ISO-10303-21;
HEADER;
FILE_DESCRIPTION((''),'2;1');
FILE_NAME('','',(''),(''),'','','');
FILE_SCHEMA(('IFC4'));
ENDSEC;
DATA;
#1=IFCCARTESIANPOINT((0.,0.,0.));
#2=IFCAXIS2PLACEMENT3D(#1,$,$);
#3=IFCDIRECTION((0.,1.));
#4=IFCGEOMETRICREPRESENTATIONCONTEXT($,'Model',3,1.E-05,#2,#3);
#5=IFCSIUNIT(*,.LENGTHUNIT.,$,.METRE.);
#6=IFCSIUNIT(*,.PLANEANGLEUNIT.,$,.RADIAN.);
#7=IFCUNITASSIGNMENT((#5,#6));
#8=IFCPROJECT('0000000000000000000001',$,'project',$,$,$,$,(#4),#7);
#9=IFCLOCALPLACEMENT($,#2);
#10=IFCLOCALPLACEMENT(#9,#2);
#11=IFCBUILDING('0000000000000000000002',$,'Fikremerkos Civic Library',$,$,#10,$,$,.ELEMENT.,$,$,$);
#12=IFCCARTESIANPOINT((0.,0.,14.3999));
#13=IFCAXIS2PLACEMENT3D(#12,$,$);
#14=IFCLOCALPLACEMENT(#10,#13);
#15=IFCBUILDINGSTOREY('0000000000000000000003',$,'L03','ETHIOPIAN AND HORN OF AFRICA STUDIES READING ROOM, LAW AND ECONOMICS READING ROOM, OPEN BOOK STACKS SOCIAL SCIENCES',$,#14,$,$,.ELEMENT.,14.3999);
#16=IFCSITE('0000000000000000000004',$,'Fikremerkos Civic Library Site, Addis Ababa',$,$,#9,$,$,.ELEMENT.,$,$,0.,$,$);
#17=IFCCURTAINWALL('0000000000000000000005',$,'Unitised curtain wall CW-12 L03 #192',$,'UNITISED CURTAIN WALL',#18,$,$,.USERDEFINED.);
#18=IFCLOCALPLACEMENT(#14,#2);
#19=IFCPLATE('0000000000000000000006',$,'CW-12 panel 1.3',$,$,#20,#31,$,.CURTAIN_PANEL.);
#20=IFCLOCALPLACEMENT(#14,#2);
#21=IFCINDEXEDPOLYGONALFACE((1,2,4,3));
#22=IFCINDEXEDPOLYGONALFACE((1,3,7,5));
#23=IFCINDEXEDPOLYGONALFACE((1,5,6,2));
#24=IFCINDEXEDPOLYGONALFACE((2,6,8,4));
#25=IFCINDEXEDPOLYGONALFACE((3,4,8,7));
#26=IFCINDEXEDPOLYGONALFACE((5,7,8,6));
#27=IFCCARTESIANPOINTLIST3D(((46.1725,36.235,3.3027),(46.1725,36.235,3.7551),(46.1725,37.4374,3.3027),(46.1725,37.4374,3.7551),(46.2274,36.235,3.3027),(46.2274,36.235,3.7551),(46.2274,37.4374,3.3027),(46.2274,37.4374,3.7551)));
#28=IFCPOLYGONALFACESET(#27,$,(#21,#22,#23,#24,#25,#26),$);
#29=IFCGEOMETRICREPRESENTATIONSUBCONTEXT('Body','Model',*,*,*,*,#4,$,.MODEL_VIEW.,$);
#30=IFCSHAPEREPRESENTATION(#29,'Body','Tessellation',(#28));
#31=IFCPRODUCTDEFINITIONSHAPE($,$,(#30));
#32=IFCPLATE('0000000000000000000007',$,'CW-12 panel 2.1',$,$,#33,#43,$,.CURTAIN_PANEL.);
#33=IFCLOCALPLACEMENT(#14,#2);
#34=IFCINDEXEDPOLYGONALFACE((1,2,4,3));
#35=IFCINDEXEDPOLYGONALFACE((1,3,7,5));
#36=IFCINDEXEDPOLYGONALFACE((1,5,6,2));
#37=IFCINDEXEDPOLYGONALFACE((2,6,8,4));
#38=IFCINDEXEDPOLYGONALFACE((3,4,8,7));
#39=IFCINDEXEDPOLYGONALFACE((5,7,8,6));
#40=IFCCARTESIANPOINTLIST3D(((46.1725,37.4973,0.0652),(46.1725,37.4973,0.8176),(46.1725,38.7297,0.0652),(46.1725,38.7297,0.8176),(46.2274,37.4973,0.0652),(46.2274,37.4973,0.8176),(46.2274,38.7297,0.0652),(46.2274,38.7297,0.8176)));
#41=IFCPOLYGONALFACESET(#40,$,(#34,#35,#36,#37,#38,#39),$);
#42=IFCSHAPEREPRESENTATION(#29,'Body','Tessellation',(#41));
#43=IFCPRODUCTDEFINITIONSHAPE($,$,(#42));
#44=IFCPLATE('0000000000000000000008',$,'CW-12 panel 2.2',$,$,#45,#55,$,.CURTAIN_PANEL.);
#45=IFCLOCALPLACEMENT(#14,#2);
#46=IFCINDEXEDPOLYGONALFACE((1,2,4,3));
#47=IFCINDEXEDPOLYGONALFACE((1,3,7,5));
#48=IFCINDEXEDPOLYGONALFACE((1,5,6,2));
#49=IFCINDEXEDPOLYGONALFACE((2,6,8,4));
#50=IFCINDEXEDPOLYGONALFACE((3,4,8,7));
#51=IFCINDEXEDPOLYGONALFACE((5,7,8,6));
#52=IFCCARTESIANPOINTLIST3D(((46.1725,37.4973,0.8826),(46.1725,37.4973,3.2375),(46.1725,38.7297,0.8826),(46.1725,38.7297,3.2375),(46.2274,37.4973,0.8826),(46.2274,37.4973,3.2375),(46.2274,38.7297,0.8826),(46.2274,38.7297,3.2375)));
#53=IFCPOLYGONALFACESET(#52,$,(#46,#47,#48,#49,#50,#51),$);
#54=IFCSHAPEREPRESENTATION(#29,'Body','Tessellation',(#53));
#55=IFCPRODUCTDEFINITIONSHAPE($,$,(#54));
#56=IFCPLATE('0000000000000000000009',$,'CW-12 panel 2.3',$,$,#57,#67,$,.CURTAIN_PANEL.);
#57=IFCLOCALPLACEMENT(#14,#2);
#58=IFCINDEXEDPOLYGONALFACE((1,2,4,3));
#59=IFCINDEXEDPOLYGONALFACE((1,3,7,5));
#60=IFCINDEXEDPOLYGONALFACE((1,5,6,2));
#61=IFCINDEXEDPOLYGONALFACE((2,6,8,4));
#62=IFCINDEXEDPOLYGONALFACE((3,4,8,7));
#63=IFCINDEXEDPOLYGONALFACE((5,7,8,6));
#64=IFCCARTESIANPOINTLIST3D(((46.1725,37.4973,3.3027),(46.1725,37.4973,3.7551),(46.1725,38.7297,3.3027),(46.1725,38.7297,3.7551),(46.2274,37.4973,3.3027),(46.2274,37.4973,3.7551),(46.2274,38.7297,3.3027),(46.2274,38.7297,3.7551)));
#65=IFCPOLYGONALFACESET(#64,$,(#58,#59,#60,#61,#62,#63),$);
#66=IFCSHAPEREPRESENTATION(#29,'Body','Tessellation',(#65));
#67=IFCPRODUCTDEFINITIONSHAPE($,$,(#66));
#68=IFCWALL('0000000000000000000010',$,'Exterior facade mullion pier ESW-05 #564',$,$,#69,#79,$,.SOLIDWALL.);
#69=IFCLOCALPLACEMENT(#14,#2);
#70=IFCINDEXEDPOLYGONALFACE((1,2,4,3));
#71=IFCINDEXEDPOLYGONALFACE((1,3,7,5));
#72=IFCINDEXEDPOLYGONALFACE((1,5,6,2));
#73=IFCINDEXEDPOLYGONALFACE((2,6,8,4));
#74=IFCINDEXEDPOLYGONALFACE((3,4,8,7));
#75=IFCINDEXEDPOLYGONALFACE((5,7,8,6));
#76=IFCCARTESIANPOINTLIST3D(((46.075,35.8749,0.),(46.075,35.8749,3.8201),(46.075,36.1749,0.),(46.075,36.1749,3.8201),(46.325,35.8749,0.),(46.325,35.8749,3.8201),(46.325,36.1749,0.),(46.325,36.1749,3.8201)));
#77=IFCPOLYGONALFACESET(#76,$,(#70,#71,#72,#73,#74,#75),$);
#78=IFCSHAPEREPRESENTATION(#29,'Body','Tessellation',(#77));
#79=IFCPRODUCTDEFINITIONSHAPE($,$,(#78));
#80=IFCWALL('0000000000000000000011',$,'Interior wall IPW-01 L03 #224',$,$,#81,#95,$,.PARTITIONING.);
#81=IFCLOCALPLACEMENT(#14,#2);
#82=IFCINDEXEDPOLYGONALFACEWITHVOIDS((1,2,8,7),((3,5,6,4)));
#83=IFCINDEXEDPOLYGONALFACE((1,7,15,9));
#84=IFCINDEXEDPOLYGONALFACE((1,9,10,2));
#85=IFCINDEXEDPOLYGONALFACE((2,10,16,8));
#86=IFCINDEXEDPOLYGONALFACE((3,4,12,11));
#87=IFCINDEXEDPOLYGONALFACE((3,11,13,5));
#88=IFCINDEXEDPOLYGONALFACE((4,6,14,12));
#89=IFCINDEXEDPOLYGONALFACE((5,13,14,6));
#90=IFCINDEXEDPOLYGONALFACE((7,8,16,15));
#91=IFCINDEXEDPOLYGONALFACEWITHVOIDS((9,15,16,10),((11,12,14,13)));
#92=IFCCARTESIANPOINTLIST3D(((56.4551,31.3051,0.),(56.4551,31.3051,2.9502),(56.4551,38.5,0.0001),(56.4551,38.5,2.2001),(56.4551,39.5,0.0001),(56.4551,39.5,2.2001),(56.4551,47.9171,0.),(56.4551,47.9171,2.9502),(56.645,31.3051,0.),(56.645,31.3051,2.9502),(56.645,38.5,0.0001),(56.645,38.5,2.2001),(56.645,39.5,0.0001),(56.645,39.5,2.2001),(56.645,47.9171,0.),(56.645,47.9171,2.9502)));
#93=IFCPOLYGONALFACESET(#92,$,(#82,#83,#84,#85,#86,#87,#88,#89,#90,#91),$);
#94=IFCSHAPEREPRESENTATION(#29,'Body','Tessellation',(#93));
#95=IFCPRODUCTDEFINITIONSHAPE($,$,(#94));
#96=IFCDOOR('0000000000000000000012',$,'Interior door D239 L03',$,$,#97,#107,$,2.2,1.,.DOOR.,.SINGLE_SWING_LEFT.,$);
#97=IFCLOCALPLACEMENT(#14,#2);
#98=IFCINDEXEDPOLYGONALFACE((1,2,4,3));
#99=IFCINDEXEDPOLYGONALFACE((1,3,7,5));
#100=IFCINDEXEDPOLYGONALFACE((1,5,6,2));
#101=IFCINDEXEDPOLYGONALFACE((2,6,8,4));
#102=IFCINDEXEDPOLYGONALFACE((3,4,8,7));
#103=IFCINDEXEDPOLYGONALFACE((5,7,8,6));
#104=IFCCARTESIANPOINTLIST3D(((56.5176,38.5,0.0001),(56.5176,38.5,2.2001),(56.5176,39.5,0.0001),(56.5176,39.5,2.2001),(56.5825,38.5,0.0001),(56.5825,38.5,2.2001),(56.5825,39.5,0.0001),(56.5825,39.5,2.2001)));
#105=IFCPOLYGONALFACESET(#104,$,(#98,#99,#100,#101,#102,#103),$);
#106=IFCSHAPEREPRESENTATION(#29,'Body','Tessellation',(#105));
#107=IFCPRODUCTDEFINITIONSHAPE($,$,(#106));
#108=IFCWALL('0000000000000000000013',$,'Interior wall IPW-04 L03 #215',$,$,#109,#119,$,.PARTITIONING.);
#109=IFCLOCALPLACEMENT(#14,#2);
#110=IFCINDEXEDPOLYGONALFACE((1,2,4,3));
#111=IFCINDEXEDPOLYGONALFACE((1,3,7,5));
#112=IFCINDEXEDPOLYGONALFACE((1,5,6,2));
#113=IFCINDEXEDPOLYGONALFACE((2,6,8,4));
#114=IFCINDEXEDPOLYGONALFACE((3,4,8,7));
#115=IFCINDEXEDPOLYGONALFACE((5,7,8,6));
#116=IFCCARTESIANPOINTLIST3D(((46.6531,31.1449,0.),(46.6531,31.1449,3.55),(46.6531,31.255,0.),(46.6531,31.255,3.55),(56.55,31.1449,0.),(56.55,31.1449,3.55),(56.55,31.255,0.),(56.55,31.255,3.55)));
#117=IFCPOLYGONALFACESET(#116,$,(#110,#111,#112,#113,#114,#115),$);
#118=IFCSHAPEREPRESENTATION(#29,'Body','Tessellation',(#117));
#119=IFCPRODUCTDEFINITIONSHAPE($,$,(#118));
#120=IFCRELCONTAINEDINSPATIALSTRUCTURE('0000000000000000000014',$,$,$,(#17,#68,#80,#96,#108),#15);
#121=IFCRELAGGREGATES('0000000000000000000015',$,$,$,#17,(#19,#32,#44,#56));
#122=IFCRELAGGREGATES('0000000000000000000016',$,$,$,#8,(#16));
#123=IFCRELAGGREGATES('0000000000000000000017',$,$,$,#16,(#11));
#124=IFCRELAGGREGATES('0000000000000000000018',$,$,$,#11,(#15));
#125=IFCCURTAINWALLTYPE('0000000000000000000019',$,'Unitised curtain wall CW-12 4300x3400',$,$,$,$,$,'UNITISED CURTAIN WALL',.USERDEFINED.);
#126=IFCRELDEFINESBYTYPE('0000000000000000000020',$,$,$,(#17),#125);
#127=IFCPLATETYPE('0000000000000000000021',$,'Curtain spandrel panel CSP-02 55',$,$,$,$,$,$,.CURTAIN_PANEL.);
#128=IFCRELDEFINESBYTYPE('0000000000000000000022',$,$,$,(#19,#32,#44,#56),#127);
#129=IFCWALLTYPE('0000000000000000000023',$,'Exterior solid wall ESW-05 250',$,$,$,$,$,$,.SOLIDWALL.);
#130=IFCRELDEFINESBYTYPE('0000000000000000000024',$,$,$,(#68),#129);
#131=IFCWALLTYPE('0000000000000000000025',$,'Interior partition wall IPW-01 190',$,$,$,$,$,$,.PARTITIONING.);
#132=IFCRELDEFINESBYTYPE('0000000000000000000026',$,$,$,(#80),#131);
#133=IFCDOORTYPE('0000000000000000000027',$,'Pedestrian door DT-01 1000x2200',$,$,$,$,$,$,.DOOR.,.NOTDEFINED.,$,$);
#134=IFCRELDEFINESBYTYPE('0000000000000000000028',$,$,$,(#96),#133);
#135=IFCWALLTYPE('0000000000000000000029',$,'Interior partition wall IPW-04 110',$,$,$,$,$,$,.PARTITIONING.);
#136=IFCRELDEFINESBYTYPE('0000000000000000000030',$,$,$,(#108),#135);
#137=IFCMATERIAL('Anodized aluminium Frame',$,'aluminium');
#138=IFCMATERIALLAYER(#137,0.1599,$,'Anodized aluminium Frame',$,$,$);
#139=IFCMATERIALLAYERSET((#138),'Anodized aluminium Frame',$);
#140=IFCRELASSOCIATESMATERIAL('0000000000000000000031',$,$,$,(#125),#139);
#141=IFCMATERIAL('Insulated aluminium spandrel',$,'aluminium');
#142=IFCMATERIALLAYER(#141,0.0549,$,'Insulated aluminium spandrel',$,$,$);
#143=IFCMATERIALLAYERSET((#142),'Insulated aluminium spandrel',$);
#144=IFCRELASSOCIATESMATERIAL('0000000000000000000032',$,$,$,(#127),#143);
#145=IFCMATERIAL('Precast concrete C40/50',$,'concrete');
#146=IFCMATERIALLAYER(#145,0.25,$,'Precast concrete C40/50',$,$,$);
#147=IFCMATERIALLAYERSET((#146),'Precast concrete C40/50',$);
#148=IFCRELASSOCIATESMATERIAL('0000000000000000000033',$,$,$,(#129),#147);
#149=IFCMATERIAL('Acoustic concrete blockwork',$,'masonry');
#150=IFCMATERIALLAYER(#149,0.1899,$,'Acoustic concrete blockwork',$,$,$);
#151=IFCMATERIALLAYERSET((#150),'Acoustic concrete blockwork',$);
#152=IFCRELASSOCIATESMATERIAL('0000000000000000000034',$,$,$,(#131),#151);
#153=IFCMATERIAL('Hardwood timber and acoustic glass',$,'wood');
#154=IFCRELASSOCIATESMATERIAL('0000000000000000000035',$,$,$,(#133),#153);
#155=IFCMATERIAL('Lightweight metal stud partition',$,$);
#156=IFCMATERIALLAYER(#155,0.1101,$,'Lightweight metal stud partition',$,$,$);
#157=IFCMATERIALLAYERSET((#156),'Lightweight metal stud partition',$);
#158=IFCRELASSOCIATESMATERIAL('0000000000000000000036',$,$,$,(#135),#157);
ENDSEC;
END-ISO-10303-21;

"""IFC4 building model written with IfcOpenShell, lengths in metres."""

from ifc_helpers import new_model, si_unit, direction, frame, frame_2d, origin, origin_2d, place, context, subcontext, project, spatial, rectangle, extrude, material, layer, layer_set, type_object, element, fill, aggregate, save


model = new_model("IFC4")

# Units and contexts
model_context = context("Model", 3, precision=1e-05, world=origin(), true_north=direction((0.0, 1.0)))
body_context = subcontext(model_context, "Body", "Model", "MODEL_VIEW")
ifc_project = project(units=[si_unit("LENGTHUNIT", "METRE"), si_unit("PLANEANGLEUNIT", "RADIAN")], contexts=[model_context])

# Site, building, storey
site_placement = place(None, origin())
site = spatial("IfcSite", under=ifc_project, at=site_placement, Name="Fikremerkos Civic Library Site, Addis Ababa", CompositionType="ELEMENT", RefElevation=0.0)
building_placement = place(site_placement, origin())
building = spatial("IfcBuilding", under=site, at=building_placement, Name="Fikremerkos Civic Library", CompositionType="ELEMENT")
storey_placement = place(building_placement, frame((0.0, 0.0, 14.3999)))
storey = spatial("IfcBuildingStorey", under=building, at=storey_placement, Name="L03", Description="ETHIOPIAN AND HORN OF AFRICA STUDIES READING ROOM, LAW AND ECONOMICS READING ROOM, OPEN BOOK STACKS SOCIAL SCIENCES", CompositionType="ELEMENT", Elevation=14.3999)

# Curtain wall
ifc_material_1 = material(Name="Anodized aluminium Frame", Category="aluminium")
ifc_layer_1 = layer(ifc_material_1, 0.1599, Name="Anodized aluminium Frame")
ifc_layer_set_1 = layer_set([ifc_layer_1], Name="Anodized aluminium Frame")
curtain_wall_type_1 = type_object("IfcCurtainWallType", Name="Unitised curtain wall CW-12 4300x3400", ElementType="UNITISED CURTAIN WALL", PredefinedType="USERDEFINED", material=ifc_layer_set_1)
curtain_wall_1_placement = place(storey_placement, origin())
curtain_wall_1 = element("IfcCurtainWall", 1, at=curtain_wall_1_placement, inside=storey, type_object=curtain_wall_type_1, Name="Unitised curtain wall CW-12 L03 #192", ObjectType="UNITISED CURTAIN WALL", PredefinedType="USERDEFINED")

# Plates
ifc_material_2 = material(Name="Insulated aluminium spandrel", Category="aluminium")
ifc_layer_2 = layer(ifc_material_2, 0.0549, Name="Insulated aluminium spandrel")
ifc_layer_set_2 = layer_set([ifc_layer_2], Name="Insulated aluminium spandrel")
plate_type_1 = type_object("IfcPlateType", Name="Curtain spandrel panel CSP-02 55", PredefinedType="CURTAIN_PANEL", material=ifc_layer_set_2)
plate_1_placement = place(storey_placement, frame((46.2, 36.8362, 3.3027), z_axis=(0.0, 0.0, 1.0), x_axis=(0.0, 1.0, 0.0)))
plate_1 = element("IfcPlate", 2, at=plate_1_placement, type_object=plate_type_1, Name="CW-12 panel 1.3", PredefinedType="CURTAIN_PANEL", context=body_context, shape_type="SweptSolid", body=[
    extrude(rectangle(XDim=1.2024, YDim=0.0549, at=origin_2d()), origin(), (0.0, 0.0, 1.0), 0.4524),
])
plate_2_placement = place(storey_placement, frame((46.2, 38.1135, 0.0652), z_axis=(0.0, 0.0, 1.0), x_axis=(0.0, 1.0, 0.0)))
plate_2 = element("IfcPlate", 3, at=plate_2_placement, type_object=plate_type_1, Name="CW-12 panel 2.1", PredefinedType="CURTAIN_PANEL", context=body_context, shape_type="SweptSolid", body=[
    extrude(rectangle(XDim=1.2324, YDim=0.0549, at=origin_2d()), origin(), (0.0, 0.0, 1.0), 0.7524),
])
plate_3_placement = place(storey_placement, frame((46.2, 38.1135, 0.8826), z_axis=(0.0, 0.0, 1.0), x_axis=(0.0, 1.0, 0.0)))
plate_3 = element("IfcPlate", 4, at=plate_3_placement, type_object=plate_type_1, Name="CW-12 panel 2.2", PredefinedType="CURTAIN_PANEL", context=body_context, shape_type="SweptSolid", body=[
    extrude(rectangle(XDim=1.2324, YDim=0.0549, at=origin_2d()), origin(), (0.0, 0.0, 1.0), 2.355),
])
plate_4_placement = place(storey_placement, frame((46.2, 38.1135, 3.3027), z_axis=(0.0, 0.0, 1.0), x_axis=(0.0, 1.0, 0.0)))
plate_4 = element("IfcPlate", 5, at=plate_4_placement, type_object=plate_type_1, Name="CW-12 panel 2.3", PredefinedType="CURTAIN_PANEL", context=body_context, shape_type="SweptSolid", body=[
    extrude(rectangle(XDim=1.2324, YDim=0.0549, at=origin_2d()), origin(), (0.0, 0.0, 1.0), 0.4524),
])
aggregate(curtain_wall_1, [plate_1, plate_2, plate_3, plate_4])

# Wall
ifc_material_3 = material(Name="Precast concrete C40/50", Category="concrete")
ifc_layer_3 = layer(ifc_material_3, 0.25, Name="Precast concrete C40/50")
ifc_layer_set_3 = layer_set([ifc_layer_3], Name="Precast concrete C40/50")
wall_type_1 = type_object("IfcWallType", Name="Exterior solid wall ESW-05 250", PredefinedType="SOLIDWALL", material=ifc_layer_set_3)
wall_1_placement = place(storey_placement, frame((46.2, 35.875, 0.0), z_axis=(0.0, 0.0, 1.0), x_axis=(0.0, 1.0, 0.0)))
element("IfcWall", 6, at=wall_1_placement, inside=storey, type_object=wall_type_1, Name="Exterior facade mullion pier ESW-05 #564", PredefinedType="SOLIDWALL", context=body_context, shape_type="SweptSolid", body=[
    extrude(rectangle(XDim=0.3, YDim=0.25, at=frame_2d((0.1499, 0.0))), origin(), (0.0, 0.0, 1.0), 3.8201),
])

# Wall, opening, door
ifc_material_4 = material(Name="Acoustic concrete blockwork", Category="masonry")
ifc_layer_4 = layer(ifc_material_4, 0.1899, Name="Acoustic concrete blockwork")
ifc_layer_set_4 = layer_set([ifc_layer_4], Name="Acoustic concrete blockwork")
wall_type_2 = type_object("IfcWallType", Name="Interior partition wall IPW-01 190", PredefinedType="PARTITIONING", material=ifc_layer_set_4)
wall_2_placement = place(storey_placement, frame((56.55, 31.3049, 0.0), z_axis=(0.0, 0.0, 1.0), x_axis=(0.0, 1.0, 0.0)))
wall_2 = element("IfcWall", 7, at=wall_2_placement, inside=storey, type_object=wall_type_2, Name="Interior wall IPW-01 L03 #224", PredefinedType="PARTITIONING", context=body_context, shape_type="SweptSolid", body=[
    extrude(rectangle(XDim=16.6121, YDim=0.1899, at=frame_2d((8.3062, 0.0))), origin(), (0.0, 0.0, 1.0), 2.9502),
])
opening_placement = place(wall_2_placement, frame((7.1951, 0.0, 0.0)))
opening = element("IfcOpeningElement", 8, at=opening_placement, cuts=wall_2, PredefinedType="OPENING", context=body_context, shape_type="SweptSolid", body=[
    extrude(rectangle(XDim=1.0, YDim=2.2, at=frame_2d((0.5, 1.1001))), frame((0.0, 0.105, 0.0), z_axis=(0.0, -1.0, 0.0), x_axis=(1.0, 0.0, 0.0)), (0.0, 0.0, 1.0), 0.21),
])
ifc_material_5 = material(Name="Hardwood timber and acoustic glass", Category="wood")
door_type = type_object("IfcDoorType", Name="Pedestrian door DT-01 1000x2200", OperationType="NOTDEFINED", PredefinedType="DOOR", material=ifc_material_5)
door_placement = place(opening_placement, origin())
door = element("IfcDoor", 9, at=door_placement, inside=storey, type_object=door_type, Name="Interior door D239 L03", OperationType="SINGLE_SWING_LEFT", OverallHeight=2.2, OverallWidth=1.0, PredefinedType="DOOR", context=body_context, shape_type="SweptSolid", body=[
    extrude(rectangle(XDim=1.0, YDim=2.2, at=frame_2d((0.5, 1.1001))), frame((0.0, 0.0325, 0.0), z_axis=(0.0, -1.0, 0.0), x_axis=(1.0, 0.0, 0.0)), (0.0, 0.0, 1.0), 0.0649),
])
fill(opening, door)

# Wall
ifc_material_6 = material(Name="Lightweight metal stud partition")
ifc_layer_5 = layer(ifc_material_6, 0.1101, Name="Lightweight metal stud partition")
ifc_layer_set_5 = layer_set([ifc_layer_5], Name="Lightweight metal stud partition")
wall_type_3 = type_object("IfcWallType", Name="Interior partition wall IPW-04 110", PredefinedType="PARTITIONING", material=ifc_layer_set_5)
wall_3_placement = place(storey_placement, frame((46.6531, 31.2, 0.0), z_axis=(0.0, 0.0, 1.0), x_axis=(1.0, 0.0, 0.0)))
element("IfcWall", 10, at=wall_3_placement, inside=storey, type_object=wall_type_3, Name="Interior wall IPW-04 L03 #215", PredefinedType="PARTITIONING", context=body_context, shape_type="SweptSolid", body=[
    extrude(rectangle(XDim=9.897, YDim=0.1101, at=frame_2d((4.9485, 0.0))), origin(), (0.0, 0.0, 1.0), 3.55),
])

save(model, "model.ifc")
